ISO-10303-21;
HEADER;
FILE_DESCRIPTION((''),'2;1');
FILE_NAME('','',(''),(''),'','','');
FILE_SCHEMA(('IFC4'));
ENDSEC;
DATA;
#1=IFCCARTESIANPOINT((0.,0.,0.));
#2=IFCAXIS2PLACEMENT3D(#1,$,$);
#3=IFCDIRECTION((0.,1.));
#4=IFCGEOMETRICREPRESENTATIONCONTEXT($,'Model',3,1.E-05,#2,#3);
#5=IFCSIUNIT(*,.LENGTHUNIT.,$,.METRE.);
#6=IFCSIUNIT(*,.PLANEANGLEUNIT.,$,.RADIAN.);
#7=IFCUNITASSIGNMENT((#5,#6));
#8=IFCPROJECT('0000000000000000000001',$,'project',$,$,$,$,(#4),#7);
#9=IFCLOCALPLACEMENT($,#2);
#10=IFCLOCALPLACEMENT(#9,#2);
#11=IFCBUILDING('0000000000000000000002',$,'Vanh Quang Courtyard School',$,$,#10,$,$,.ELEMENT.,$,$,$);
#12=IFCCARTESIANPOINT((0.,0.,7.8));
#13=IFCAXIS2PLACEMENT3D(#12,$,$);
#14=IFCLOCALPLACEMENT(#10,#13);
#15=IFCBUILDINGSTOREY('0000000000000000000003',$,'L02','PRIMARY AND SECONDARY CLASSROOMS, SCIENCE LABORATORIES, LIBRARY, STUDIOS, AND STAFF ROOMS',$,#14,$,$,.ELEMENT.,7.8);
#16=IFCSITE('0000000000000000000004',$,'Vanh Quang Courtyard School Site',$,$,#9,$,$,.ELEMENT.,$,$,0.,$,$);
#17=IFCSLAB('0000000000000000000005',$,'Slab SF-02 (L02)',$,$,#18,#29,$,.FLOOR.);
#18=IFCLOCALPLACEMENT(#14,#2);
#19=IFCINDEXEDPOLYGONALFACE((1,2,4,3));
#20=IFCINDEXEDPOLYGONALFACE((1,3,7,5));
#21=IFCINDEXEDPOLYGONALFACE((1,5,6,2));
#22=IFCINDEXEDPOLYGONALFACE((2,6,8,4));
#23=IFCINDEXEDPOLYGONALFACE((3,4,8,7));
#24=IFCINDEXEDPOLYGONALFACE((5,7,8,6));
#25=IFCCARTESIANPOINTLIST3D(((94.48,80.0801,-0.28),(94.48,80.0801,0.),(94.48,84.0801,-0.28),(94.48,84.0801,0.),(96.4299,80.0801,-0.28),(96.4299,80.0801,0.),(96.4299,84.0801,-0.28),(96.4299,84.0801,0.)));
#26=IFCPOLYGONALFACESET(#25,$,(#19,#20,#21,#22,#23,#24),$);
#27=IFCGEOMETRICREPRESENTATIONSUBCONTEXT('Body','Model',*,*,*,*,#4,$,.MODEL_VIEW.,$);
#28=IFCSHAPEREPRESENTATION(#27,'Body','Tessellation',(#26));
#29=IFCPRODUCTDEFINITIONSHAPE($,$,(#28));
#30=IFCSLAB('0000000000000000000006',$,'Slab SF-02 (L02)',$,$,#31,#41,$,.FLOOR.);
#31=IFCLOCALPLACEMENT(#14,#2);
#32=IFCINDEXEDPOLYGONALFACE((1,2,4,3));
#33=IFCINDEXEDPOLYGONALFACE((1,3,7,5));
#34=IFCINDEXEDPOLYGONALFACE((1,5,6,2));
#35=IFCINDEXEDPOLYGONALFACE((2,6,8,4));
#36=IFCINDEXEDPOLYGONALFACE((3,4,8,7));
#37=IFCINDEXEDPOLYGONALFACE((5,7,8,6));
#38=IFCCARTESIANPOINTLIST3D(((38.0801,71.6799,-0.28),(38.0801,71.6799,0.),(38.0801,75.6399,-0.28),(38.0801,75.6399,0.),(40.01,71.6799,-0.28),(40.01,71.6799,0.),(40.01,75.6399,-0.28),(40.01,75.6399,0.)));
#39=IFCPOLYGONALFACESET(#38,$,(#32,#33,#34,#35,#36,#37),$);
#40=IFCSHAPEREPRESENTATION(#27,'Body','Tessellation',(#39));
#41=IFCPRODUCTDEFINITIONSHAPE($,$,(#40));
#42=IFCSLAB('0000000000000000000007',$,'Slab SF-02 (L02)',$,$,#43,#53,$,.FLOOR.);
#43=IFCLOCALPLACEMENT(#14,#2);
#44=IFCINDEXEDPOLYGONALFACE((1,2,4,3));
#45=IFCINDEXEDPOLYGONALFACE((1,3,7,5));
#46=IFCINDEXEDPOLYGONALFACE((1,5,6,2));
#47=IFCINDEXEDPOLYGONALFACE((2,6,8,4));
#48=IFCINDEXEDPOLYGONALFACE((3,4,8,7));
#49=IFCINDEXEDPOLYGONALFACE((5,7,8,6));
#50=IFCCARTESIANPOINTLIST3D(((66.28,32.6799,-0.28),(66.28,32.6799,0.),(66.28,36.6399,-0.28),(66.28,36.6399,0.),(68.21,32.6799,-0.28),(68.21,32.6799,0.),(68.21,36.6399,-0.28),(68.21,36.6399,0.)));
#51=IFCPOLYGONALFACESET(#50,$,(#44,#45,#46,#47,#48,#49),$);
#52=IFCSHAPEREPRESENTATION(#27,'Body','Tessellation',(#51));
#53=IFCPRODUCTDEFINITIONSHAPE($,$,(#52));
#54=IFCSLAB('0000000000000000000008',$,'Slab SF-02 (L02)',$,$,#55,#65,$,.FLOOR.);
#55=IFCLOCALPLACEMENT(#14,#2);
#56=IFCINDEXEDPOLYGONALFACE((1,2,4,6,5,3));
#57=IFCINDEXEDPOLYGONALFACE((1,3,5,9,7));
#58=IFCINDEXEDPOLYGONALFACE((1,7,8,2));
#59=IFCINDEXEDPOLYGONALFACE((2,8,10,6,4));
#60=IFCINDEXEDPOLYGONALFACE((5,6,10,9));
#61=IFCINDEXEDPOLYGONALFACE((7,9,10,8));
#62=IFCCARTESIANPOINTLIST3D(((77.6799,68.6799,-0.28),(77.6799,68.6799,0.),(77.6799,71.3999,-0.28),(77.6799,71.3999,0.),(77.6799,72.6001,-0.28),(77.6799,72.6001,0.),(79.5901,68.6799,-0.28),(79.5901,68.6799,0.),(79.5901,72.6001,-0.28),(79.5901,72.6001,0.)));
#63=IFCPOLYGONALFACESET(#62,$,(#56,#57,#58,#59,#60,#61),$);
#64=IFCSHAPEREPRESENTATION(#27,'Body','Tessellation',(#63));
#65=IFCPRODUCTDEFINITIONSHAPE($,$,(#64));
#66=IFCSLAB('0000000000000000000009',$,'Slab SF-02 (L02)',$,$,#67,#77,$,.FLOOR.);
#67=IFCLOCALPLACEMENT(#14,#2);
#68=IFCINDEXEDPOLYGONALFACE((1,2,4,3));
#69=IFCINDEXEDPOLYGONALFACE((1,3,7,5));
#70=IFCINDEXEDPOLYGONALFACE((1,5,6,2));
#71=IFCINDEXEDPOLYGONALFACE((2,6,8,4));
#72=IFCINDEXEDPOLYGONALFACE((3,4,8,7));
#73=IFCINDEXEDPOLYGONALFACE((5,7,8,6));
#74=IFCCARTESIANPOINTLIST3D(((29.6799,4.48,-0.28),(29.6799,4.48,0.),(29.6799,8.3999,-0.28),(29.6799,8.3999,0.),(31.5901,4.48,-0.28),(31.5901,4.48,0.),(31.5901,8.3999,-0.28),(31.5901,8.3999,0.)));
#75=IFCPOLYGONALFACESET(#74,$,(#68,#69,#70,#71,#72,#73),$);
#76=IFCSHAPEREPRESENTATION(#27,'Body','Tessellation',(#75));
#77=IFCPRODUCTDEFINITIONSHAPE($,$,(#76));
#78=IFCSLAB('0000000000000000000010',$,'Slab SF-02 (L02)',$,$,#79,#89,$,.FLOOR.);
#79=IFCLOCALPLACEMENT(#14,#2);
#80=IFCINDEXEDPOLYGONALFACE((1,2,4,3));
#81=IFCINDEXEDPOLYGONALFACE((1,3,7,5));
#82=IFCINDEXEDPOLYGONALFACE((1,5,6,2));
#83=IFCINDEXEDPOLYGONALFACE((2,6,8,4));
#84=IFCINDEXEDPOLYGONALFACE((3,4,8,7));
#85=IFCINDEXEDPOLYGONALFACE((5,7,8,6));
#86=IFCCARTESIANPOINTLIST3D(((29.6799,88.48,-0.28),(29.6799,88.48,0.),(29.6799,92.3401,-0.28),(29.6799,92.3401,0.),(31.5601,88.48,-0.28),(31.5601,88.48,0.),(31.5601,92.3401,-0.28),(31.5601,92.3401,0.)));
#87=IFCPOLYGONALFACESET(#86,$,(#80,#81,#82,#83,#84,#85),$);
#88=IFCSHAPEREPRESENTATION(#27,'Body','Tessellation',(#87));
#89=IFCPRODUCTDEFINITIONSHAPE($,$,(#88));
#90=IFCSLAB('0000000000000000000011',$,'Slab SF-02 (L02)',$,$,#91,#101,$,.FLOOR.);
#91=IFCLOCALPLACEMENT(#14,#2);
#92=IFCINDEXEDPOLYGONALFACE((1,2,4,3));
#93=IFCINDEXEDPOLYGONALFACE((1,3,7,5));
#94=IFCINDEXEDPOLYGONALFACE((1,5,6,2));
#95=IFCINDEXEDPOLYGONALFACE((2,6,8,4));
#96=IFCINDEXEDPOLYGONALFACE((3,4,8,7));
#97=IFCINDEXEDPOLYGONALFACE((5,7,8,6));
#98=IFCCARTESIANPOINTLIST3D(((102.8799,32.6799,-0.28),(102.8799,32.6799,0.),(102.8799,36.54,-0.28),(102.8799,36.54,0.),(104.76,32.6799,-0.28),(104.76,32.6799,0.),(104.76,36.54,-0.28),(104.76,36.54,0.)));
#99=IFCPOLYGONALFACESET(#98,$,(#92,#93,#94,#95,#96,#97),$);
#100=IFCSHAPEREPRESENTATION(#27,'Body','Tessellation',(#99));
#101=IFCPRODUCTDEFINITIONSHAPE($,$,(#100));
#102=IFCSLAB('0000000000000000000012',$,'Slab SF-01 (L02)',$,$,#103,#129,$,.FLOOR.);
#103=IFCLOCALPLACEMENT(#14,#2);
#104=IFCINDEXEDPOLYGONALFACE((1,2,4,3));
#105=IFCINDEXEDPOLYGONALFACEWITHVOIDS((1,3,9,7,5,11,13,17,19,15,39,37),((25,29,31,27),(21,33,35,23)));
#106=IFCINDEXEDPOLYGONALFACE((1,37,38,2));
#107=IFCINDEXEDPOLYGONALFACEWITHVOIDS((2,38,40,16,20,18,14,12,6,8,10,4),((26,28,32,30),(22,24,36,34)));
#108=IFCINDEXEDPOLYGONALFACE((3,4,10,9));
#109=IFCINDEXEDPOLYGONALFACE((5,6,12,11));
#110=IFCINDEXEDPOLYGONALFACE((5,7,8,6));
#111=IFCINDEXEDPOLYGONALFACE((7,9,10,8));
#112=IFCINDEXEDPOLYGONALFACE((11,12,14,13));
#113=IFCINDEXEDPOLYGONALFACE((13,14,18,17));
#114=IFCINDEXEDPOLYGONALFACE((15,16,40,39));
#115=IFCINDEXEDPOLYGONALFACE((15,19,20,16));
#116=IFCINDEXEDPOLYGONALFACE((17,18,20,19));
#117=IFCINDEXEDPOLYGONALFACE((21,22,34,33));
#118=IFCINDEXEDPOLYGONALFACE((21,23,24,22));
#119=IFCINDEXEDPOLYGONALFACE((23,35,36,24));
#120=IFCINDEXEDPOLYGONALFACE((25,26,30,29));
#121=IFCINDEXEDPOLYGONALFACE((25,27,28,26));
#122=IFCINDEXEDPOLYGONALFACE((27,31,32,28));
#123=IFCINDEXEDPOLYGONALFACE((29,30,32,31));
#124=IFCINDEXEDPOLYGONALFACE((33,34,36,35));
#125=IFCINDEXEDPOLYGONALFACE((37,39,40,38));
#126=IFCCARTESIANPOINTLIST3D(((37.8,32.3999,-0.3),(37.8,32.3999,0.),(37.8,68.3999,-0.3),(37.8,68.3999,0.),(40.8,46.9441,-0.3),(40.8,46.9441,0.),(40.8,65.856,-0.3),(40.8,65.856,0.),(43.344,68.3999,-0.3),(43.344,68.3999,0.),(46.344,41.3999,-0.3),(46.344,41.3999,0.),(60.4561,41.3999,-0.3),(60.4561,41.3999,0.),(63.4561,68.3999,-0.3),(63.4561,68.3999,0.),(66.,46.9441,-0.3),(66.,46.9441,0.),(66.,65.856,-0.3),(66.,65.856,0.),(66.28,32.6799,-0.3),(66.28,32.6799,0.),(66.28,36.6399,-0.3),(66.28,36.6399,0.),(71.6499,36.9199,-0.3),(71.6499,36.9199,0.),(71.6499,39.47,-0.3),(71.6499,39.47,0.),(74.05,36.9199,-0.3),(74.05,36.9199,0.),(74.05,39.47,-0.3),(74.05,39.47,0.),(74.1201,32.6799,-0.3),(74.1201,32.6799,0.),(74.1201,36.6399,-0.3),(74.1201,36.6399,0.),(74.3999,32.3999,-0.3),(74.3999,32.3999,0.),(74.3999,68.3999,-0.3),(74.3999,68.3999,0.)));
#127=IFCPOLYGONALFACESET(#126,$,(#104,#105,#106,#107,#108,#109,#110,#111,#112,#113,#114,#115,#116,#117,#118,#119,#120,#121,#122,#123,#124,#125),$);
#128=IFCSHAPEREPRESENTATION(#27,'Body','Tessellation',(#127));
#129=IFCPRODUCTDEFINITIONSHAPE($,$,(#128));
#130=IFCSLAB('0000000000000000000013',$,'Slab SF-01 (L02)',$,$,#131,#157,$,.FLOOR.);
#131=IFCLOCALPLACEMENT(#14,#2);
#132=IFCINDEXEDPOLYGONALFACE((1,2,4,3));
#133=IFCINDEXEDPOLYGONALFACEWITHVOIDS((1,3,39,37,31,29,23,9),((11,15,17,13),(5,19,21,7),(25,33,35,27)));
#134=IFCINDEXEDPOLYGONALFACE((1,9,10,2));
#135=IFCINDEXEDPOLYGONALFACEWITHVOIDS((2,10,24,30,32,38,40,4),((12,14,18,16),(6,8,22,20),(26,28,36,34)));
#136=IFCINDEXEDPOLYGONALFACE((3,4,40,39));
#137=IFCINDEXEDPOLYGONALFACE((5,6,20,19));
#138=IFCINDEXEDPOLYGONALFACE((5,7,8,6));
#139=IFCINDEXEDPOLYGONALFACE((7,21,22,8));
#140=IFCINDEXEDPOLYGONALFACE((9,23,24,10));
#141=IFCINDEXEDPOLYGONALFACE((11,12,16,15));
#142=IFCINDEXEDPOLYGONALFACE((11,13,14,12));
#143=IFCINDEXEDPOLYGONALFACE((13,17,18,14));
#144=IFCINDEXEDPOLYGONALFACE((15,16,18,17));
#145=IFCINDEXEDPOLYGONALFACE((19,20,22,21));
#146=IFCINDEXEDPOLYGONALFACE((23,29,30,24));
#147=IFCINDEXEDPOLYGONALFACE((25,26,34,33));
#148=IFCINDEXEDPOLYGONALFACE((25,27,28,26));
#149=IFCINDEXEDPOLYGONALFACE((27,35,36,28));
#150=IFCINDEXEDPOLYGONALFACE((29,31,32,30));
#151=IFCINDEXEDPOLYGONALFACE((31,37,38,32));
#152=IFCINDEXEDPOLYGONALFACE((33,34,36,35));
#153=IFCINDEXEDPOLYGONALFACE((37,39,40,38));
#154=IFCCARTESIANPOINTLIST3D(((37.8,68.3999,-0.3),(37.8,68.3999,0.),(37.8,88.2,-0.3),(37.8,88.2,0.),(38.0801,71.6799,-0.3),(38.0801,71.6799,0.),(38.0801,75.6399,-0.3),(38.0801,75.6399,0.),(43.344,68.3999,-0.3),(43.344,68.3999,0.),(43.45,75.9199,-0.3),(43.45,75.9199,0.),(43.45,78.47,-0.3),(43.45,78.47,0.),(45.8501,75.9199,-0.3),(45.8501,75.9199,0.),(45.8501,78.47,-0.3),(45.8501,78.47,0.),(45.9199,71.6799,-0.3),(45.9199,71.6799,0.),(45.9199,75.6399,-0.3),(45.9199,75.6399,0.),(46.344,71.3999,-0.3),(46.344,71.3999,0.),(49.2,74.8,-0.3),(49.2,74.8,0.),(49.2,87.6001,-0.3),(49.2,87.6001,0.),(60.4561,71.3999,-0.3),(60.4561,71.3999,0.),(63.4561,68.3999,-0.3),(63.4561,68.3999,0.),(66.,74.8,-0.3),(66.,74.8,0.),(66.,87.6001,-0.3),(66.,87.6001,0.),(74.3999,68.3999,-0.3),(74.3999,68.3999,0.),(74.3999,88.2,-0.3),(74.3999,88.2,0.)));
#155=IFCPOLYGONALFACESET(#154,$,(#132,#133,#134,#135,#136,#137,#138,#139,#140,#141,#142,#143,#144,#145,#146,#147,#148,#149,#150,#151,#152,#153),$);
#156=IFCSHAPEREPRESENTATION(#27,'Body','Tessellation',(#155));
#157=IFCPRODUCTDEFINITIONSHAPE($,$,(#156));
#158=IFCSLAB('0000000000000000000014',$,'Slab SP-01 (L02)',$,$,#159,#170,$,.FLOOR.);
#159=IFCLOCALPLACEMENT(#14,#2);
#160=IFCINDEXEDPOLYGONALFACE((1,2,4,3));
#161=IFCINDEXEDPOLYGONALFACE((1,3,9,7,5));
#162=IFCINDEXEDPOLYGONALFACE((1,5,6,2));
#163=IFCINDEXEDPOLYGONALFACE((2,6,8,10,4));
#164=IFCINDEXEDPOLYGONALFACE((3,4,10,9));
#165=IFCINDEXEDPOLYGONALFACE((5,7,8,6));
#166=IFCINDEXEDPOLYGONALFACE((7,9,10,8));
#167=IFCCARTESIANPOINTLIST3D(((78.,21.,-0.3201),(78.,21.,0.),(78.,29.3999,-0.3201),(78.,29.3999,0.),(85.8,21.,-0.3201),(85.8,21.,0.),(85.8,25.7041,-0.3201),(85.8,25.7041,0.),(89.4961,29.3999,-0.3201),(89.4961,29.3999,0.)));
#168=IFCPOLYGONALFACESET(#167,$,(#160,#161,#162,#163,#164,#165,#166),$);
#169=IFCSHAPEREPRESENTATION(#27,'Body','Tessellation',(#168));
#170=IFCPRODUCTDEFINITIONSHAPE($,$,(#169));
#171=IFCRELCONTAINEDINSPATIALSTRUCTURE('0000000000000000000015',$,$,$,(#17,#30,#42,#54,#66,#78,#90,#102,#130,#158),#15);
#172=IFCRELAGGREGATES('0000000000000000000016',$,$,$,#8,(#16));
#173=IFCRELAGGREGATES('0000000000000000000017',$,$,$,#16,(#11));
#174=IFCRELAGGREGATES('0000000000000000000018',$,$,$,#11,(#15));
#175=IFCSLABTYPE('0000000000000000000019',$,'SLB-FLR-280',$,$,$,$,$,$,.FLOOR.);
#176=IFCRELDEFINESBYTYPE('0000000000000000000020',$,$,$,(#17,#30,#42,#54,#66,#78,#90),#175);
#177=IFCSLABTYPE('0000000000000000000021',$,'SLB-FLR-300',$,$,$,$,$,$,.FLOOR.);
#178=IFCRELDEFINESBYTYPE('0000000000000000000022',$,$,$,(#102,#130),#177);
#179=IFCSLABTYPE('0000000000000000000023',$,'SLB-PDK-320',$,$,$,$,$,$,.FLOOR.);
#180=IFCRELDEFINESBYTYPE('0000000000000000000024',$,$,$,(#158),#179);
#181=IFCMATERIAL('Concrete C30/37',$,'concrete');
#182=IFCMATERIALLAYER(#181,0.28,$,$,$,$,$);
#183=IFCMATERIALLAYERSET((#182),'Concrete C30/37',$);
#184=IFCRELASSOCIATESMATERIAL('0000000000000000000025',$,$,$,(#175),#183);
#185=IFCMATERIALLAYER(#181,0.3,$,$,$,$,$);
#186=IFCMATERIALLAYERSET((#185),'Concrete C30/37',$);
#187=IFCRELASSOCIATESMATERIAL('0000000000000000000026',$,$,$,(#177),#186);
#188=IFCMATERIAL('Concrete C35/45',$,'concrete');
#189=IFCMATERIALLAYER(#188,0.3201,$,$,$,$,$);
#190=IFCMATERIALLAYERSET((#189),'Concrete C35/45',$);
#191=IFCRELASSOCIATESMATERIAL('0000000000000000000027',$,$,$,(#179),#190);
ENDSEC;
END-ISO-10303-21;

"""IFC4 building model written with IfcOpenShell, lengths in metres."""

from ifc_helpers import new_model, si_unit, direction, frame, origin, place, context, subcontext, project, spatial, polyline, outline, extrude, material, layer, layer_set, type_object, element, save


model = new_model("IFC4")

# Units and contexts
model_context = context("Model", 3, precision=1e-05, world=origin(), true_north=direction((0.0, 1.0)))
body_context = subcontext(model_context, "Body", "Model", "MODEL_VIEW")
ifc_project = project(units=[si_unit("LENGTHUNIT", "METRE"), si_unit("PLANEANGLEUNIT", "RADIAN")], contexts=[model_context])

# Site, building, storey
site_placement = place(None, origin())
site = spatial("IfcSite", under=ifc_project, at=site_placement, Name="Vanh Quang Courtyard School Site", CompositionType="ELEMENT", RefElevation=0.0)
building_placement = place(site_placement, origin())
building = spatial("IfcBuilding", under=site, at=building_placement, Name="Vanh Quang Courtyard School", CompositionType="ELEMENT")
storey_placement = place(building_placement, frame((0.0, 0.0, 7.8)))
storey = spatial("IfcBuildingStorey", under=building, at=storey_placement, Name="L02", Description="PRIMARY AND SECONDARY CLASSROOMS, SCIENCE LABORATORIES, LIBRARY, STUDIOS, AND STAFF ROOMS", CompositionType="ELEMENT", Elevation=7.8)

# Shared definitions
ifc_material_1 = material(Name="Concrete C35/45", Category="concrete")

# Slabs
ifc_material_2 = material(Name="Concrete C30/37", Category="concrete")
ifc_layer_1 = layer(ifc_material_2, 0.28)
ifc_layer_set_1 = layer_set([ifc_layer_1], Name="Concrete C30/37")
slab_type_1 = type_object("IfcSlabType", Name="SLB-FLR-280", PredefinedType="FLOOR", material=ifc_layer_set_1)
slab_1_placement = place(storey_placement, frame((0.0, 0.0, -0.28)))
element("IfcSlab", 1, at=slab_1_placement, inside=storey, type_object=slab_type_1, Name="Slab SF-02 (L02)", PredefinedType="FLOOR", context=body_context, shape_type="SweptSolid", body=[
    extrude(outline(polyline([(96.4299, 80.0801), (94.48, 80.0801), (94.48, 84.0801), (96.4299, 84.0801), (96.4299, 80.0801)])), origin(), (0.0, 0.0, 1.0), 0.28),
])
slab_2_placement = place(storey_placement, frame((0.0, 0.0, -0.28)))
element("IfcSlab", 2, at=slab_2_placement, inside=storey, type_object=slab_type_1, Name="Slab SF-02 (L02)", PredefinedType="FLOOR", context=body_context, shape_type="SweptSolid", body=[
    extrude(outline(polyline([(40.01, 71.6799), (38.0801, 71.6799), (38.0801, 75.6399), (40.01, 75.6399), (40.01, 71.6799)])), origin(), (0.0, 0.0, 1.0), 0.28),
])
slab_3_placement = place(storey_placement, frame((0.0, 0.0, -0.28)))
element("IfcSlab", 3, at=slab_3_placement, inside=storey, type_object=slab_type_1, Name="Slab SF-02 (L02)", PredefinedType="FLOOR", context=body_context, shape_type="SweptSolid", body=[
    extrude(outline(polyline([(68.21, 32.6799), (66.28, 32.6799), (66.28, 36.6399), (68.21, 36.6399), (68.21, 32.6799)])), origin(), (0.0, 0.0, 1.0), 0.28),
])
slab_4_placement = place(storey_placement, frame((0.0, 0.0, -0.28)))
element("IfcSlab", 4, at=slab_4_placement, inside=storey, type_object=slab_type_1, Name="Slab SF-02 (L02)", PredefinedType="FLOOR", context=body_context, shape_type="SweptSolid", body=[
    extrude(outline(polyline([(79.5901, 68.6799), (77.6799, 68.6799), (77.6799, 71.3999), (77.6799, 72.6001), (79.5901, 72.6001), (79.5901, 68.6799)])), origin(), (0.0, 0.0, 1.0), 0.28),
])
slab_5_placement = place(storey_placement, frame((0.0, 0.0, -0.28)))
element("IfcSlab", 5, at=slab_5_placement, inside=storey, type_object=slab_type_1, Name="Slab SF-02 (L02)", PredefinedType="FLOOR", context=body_context, shape_type="SweptSolid", body=[
    extrude(outline(polyline([(31.5901, 4.48), (29.6799, 4.48), (29.6799, 8.3999), (31.5901, 8.3999), (31.5901, 4.48)])), origin(), (0.0, 0.0, 1.0), 0.28),
])
slab_6_placement = place(storey_placement, frame((0.0, 0.0, -0.28)))
element("IfcSlab", 6, at=slab_6_placement, inside=storey, type_object=slab_type_1, Name="Slab SF-02 (L02)", PredefinedType="FLOOR", context=body_context, shape_type="SweptSolid", body=[
    extrude(outline(polyline([(31.5601, 88.48), (29.6799, 88.48), (29.6799, 92.3401), (31.5601, 92.3401), (31.5601, 88.48)])), origin(), (0.0, 0.0, 1.0), 0.28),
])
slab_7_placement = place(storey_placement, frame((0.0, 0.0, -0.28)))
element("IfcSlab", 7, at=slab_7_placement, inside=storey, type_object=slab_type_1, Name="Slab SF-02 (L02)", PredefinedType="FLOOR", context=body_context, shape_type="SweptSolid", body=[
    extrude(outline(polyline([(104.76, 32.6799), (102.8799, 32.6799), (102.8799, 36.54), (104.76, 36.54), (104.76, 32.6799)])), origin(), (0.0, 0.0, 1.0), 0.28),
])
ifc_layer_2 = layer(ifc_material_2, 0.3)
ifc_layer_set_2 = layer_set([ifc_layer_2], Name="Concrete C30/37")
slab_type_2 = type_object("IfcSlabType", Name="SLB-FLR-300", PredefinedType="FLOOR", material=ifc_layer_set_2)
slab_8_placement = place(storey_placement, frame((0.0, 0.0, -0.3)))
element("IfcSlab", 8, at=slab_8_placement, inside=storey, type_object=slab_type_2, Name="Slab SF-01 (L02)", PredefinedType="FLOOR", context=body_context, shape_type="SweptSolid", body=[
    extrude(outline(polyline([(63.4561, 68.3999), (66.0, 65.856), (66.0, 46.9441), (60.4561, 41.3999), (46.344, 41.3999), (40.8, 46.9441), (40.8, 65.856), (43.344, 68.3999), (37.8, 68.3999), (37.8, 32.3999), (74.3999, 32.3999), (74.3999, 68.3999), (63.4561, 68.3999)]), holes=[polyline([(74.1201, 32.6799), (66.28, 32.6799), (66.28, 36.6399), (74.1201, 36.6399), (74.1201, 32.6799)]), polyline([(74.05, 36.9199), (71.6499, 36.9199), (71.6499, 39.47), (74.05, 39.47), (74.05, 36.9199)])]), origin(), (0.0, 0.0, 1.0), 0.3),
])
slab_9_placement = place(storey_placement, frame((0.0, 0.0, -0.3)))
element("IfcSlab", 9, at=slab_9_placement, inside=storey, type_object=slab_type_2, Name="Slab SF-01 (L02)", PredefinedType="FLOOR", context=body_context, shape_type="SweptSolid", body=[
    extrude(outline(polyline([(43.344, 68.3999), (46.344, 71.3999), (60.4561, 71.3999), (63.4561, 68.3999), (74.3999, 68.3999), (74.3999, 88.2), (37.8, 88.2), (37.8, 68.3999), (43.344, 68.3999)]), holes=[polyline([(45.9199, 71.6799), (38.0801, 71.6799), (38.0801, 75.6399), (45.9199, 75.6399), (45.9199, 71.6799)]), polyline([(43.45, 75.9199), (43.45, 78.47), (45.8501, 78.47), (45.8501, 75.9199), (43.45, 75.9199)]), polyline([(49.2, 74.8), (49.2, 87.6001), (66.0, 87.6001), (66.0, 74.8), (49.2, 74.8)])]), origin(), (0.0, 0.0, 1.0), 0.3),
])
ifc_layer_3 = layer(ifc_material_1, 0.3201)
ifc_layer_set_3 = layer_set([ifc_layer_3], Name="Concrete C35/45")
slab_type_3 = type_object("IfcSlabType", Name="SLB-PDK-320", PredefinedType="FLOOR", material=ifc_layer_set_3)
slab_10_placement = place(storey_placement, frame((0.0, 0.0, -0.3201)))
element("IfcSlab", 10, at=slab_10_placement, inside=storey, type_object=slab_type_3, Name="Slab SP-01 (L02)", PredefinedType="FLOOR", context=body_context, shape_type="SweptSolid", body=[
    extrude(outline(polyline([(78.0, 29.3999), (78.0, 21.0), (85.8, 21.0), (85.8, 25.7041), (89.4961, 29.3999), (78.0, 29.3999)])), origin(), (0.0, 0.0, 1.0), 0.3201),
])

save(model, "model.ifc")
